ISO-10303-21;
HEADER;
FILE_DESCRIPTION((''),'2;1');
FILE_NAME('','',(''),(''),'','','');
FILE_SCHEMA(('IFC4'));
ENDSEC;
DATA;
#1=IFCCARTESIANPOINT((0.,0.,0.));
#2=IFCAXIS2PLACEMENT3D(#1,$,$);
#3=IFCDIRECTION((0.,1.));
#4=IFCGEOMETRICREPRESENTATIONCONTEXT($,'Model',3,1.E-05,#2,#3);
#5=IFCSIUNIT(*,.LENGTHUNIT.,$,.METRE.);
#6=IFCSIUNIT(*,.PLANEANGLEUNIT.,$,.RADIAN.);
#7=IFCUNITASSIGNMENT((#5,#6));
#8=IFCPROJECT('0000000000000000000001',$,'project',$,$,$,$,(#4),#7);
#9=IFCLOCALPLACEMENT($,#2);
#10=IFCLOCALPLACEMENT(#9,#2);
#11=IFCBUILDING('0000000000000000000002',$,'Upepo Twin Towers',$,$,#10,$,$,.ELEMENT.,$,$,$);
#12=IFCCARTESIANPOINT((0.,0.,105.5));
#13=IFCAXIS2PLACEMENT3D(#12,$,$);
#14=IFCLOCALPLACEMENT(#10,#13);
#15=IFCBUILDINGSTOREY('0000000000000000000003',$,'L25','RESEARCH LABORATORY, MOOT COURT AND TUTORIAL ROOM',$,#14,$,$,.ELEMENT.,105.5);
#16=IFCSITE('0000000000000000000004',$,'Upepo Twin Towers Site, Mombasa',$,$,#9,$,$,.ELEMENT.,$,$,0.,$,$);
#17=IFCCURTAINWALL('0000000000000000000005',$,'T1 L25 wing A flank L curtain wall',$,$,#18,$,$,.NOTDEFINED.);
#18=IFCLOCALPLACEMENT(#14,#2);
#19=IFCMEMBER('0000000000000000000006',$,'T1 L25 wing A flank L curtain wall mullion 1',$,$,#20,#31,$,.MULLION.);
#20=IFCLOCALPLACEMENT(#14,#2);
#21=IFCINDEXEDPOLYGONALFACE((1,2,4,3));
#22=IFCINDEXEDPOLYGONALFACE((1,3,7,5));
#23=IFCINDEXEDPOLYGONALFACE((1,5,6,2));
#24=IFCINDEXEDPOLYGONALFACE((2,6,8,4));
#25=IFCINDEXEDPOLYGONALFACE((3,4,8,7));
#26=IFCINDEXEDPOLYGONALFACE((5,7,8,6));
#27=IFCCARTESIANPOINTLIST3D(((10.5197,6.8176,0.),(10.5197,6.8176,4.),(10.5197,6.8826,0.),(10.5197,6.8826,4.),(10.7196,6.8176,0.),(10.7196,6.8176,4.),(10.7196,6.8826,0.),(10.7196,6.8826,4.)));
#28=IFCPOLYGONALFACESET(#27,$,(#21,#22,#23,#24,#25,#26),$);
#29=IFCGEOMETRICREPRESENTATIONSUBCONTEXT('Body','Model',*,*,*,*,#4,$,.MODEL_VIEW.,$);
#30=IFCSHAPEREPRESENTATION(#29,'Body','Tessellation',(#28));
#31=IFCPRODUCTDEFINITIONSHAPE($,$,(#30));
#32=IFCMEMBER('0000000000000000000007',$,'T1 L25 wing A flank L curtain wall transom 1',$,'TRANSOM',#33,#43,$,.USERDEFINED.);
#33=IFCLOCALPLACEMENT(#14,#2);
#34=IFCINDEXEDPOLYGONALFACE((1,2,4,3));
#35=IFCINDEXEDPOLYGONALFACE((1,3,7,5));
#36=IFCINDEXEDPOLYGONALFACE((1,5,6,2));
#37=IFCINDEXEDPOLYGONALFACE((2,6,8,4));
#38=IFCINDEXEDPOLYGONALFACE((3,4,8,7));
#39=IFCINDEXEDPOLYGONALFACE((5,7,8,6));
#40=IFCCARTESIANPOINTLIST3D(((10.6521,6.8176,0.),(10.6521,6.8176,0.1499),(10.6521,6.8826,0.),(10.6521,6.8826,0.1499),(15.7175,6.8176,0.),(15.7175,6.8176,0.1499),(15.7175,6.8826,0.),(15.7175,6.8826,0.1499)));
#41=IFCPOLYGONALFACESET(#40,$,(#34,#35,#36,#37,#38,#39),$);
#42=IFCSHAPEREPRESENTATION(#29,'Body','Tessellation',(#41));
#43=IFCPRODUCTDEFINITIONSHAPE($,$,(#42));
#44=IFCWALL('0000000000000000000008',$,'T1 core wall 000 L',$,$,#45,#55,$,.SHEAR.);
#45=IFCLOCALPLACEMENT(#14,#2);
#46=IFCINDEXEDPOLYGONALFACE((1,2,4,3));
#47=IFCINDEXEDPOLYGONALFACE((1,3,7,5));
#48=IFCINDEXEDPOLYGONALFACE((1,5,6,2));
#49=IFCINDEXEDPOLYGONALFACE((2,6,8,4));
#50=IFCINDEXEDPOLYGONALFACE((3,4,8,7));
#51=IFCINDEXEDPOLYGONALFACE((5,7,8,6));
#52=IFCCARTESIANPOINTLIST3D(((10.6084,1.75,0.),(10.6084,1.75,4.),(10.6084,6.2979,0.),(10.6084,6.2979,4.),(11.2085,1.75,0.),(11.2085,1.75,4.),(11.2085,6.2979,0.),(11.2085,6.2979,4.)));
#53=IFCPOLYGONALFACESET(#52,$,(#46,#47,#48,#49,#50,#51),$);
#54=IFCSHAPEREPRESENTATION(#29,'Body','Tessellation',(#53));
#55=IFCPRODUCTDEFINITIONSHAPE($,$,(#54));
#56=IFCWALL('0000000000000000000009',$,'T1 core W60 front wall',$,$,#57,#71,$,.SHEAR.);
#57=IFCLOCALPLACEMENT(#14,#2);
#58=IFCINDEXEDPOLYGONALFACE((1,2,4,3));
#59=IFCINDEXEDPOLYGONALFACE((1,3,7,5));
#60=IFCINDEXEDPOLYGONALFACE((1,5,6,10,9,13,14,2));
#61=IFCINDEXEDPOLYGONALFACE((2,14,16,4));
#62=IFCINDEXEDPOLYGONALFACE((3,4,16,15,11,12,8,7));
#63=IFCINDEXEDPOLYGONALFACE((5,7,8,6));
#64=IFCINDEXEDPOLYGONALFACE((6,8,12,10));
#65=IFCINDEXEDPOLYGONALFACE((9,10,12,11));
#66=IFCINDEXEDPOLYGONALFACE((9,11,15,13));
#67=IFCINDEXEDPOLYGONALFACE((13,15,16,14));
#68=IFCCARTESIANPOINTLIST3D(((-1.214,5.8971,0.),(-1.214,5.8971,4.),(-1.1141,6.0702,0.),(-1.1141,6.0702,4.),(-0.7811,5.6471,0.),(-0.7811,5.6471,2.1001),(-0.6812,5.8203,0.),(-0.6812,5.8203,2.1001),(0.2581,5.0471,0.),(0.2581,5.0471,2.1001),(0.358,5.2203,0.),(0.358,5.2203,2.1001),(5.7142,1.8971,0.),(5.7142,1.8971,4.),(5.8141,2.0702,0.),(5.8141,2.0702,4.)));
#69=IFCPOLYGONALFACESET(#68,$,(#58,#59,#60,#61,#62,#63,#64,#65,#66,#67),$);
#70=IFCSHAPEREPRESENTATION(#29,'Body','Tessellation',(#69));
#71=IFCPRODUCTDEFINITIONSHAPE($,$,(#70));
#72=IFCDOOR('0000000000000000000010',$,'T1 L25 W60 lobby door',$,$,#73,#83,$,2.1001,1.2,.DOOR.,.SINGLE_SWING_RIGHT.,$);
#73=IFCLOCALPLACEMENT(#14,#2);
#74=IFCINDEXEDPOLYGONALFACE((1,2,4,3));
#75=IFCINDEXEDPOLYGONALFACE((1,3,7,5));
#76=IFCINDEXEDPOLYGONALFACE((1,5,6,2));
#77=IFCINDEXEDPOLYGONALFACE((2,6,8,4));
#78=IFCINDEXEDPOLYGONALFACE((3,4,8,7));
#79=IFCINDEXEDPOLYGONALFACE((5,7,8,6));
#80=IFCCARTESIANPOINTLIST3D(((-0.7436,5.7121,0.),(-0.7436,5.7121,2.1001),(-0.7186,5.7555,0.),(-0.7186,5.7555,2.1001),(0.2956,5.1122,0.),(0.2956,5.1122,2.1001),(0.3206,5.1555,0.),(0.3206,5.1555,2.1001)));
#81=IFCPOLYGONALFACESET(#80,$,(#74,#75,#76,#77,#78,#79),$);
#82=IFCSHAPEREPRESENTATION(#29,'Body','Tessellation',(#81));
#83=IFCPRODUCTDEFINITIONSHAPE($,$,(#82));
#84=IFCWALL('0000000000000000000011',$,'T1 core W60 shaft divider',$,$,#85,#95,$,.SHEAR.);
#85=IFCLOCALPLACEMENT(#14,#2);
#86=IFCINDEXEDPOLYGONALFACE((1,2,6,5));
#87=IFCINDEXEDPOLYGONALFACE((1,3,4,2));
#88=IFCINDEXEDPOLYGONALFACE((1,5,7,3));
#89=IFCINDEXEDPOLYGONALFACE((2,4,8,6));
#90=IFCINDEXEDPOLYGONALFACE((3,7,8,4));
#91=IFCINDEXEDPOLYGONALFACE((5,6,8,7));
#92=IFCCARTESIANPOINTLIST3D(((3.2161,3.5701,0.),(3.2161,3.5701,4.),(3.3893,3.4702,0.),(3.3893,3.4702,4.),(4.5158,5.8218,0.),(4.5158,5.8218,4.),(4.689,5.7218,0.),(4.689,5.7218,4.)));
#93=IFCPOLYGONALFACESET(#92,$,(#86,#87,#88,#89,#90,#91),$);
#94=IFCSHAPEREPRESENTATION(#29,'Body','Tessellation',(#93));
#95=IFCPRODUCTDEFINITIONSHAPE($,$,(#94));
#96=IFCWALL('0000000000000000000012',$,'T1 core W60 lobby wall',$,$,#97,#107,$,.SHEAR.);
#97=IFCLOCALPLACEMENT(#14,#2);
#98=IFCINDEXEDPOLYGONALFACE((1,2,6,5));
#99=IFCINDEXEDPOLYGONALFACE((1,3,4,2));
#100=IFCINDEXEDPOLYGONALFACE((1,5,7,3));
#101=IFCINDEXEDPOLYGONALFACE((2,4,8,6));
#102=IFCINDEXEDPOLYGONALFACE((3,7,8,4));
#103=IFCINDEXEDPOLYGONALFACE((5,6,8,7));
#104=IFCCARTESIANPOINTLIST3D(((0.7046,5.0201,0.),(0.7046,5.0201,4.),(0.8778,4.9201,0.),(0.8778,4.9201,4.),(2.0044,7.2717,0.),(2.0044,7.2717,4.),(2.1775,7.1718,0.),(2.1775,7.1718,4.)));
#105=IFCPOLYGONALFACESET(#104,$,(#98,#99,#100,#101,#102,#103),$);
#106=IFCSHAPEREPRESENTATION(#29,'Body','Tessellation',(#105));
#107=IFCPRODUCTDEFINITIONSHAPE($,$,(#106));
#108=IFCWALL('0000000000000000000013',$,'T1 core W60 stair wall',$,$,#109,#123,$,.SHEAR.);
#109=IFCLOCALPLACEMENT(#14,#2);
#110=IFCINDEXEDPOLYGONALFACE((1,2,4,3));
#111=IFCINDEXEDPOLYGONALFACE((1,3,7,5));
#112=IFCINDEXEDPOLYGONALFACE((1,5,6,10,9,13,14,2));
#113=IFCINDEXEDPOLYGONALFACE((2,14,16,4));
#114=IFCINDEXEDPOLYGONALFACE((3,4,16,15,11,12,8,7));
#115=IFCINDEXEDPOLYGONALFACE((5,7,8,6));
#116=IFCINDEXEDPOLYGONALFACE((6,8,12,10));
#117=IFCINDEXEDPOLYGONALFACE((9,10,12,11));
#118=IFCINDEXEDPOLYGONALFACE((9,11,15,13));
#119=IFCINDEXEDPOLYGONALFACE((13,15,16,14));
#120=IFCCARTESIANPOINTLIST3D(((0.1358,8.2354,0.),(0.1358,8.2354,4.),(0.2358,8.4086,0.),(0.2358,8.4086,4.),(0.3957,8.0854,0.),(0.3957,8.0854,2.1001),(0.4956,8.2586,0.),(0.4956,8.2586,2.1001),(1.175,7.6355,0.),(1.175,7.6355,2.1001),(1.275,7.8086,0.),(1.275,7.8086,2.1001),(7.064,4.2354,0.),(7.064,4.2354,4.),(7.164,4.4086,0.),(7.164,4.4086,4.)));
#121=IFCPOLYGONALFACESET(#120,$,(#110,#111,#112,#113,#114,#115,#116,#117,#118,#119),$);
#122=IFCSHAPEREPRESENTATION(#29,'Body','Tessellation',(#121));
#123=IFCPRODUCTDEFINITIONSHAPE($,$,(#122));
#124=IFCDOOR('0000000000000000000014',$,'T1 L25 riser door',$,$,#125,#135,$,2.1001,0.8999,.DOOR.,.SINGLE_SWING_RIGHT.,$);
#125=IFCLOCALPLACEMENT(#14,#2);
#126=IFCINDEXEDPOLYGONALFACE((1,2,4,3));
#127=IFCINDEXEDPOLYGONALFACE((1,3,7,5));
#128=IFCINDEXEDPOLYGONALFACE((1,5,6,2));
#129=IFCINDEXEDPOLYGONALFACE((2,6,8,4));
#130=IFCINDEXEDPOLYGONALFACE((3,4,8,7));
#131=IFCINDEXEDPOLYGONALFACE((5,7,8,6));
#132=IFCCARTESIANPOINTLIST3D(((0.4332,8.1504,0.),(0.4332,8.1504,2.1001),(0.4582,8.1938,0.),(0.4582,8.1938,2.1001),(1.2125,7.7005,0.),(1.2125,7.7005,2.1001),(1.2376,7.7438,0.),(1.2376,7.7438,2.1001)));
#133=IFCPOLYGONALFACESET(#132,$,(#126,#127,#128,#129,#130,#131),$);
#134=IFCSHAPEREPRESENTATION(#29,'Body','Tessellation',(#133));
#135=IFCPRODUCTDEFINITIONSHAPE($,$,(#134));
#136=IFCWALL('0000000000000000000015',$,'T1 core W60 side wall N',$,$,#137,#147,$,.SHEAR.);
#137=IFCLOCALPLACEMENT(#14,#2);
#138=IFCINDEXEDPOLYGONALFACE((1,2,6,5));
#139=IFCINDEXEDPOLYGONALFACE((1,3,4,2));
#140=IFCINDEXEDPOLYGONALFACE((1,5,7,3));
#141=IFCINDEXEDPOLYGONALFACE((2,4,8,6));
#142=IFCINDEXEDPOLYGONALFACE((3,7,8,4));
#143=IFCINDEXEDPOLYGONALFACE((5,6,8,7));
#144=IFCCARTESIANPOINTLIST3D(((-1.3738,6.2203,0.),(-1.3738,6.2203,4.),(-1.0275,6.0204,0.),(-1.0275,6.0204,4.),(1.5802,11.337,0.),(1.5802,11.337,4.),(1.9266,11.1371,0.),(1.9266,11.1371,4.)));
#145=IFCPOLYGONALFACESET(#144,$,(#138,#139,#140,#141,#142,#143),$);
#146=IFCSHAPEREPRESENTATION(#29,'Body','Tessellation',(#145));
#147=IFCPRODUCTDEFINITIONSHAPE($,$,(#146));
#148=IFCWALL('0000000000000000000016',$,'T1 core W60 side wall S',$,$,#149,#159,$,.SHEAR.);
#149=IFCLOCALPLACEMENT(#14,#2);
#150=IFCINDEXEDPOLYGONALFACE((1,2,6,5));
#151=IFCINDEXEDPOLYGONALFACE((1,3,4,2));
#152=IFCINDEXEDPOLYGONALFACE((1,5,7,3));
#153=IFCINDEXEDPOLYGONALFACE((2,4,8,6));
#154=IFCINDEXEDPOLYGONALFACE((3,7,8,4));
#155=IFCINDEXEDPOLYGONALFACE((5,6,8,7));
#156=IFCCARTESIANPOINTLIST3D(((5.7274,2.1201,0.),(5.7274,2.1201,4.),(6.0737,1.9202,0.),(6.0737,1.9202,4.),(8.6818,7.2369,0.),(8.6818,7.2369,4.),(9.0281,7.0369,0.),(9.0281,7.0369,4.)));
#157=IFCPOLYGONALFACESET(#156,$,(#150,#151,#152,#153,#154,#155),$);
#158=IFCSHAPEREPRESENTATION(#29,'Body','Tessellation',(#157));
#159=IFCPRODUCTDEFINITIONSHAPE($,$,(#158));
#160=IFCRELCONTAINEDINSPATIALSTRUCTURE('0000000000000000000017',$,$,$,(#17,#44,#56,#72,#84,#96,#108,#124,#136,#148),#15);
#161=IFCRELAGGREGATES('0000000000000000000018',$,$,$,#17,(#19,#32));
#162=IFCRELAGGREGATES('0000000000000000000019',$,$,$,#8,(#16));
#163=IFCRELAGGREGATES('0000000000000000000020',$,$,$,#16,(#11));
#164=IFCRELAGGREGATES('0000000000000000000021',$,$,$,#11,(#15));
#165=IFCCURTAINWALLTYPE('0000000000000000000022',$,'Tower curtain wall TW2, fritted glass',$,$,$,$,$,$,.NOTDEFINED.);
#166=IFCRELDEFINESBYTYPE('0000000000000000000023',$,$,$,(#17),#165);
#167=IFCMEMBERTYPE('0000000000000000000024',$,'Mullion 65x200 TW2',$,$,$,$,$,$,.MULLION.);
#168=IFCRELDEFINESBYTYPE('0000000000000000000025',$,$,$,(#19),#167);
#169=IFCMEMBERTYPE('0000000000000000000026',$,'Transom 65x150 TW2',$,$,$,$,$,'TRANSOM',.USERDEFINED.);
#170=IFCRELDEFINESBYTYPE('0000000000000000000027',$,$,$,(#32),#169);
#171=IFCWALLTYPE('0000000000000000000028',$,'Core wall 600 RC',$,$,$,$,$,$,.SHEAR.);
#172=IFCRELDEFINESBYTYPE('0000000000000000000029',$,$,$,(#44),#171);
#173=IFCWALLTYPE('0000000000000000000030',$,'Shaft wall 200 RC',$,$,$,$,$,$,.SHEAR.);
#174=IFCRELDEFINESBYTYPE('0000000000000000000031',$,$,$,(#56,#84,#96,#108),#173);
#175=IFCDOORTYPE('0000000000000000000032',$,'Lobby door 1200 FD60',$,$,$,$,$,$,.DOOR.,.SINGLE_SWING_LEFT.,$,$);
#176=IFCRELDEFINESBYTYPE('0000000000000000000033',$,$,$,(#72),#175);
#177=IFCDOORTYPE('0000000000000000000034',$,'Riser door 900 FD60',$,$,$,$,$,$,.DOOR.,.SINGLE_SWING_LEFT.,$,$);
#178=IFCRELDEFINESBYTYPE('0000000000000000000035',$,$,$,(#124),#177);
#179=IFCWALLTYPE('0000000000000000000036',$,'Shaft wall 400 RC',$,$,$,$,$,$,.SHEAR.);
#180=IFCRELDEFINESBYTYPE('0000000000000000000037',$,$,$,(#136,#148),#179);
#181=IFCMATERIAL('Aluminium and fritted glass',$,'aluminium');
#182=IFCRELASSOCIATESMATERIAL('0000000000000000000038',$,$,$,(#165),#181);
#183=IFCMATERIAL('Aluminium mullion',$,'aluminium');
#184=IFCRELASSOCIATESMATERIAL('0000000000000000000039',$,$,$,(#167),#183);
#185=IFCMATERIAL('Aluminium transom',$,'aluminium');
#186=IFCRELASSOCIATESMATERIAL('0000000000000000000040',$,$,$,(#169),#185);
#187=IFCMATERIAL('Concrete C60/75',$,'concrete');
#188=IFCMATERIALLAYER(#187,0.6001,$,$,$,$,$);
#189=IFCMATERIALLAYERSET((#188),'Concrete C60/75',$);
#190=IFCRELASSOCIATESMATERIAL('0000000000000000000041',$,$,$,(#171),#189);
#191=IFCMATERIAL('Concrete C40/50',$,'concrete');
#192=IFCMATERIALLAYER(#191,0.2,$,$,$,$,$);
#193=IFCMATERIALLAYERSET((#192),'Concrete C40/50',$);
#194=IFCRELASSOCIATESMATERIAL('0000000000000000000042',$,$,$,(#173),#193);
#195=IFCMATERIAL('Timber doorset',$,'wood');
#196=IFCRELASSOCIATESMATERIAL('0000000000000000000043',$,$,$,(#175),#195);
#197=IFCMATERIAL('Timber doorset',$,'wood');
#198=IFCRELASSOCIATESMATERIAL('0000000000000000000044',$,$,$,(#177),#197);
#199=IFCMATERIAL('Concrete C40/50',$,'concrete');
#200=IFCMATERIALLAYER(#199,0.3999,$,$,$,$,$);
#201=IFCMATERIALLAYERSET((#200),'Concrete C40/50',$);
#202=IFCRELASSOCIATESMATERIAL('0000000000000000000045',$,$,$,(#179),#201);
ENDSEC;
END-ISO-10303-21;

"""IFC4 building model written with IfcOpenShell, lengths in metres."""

from ifc_helpers import new_model, si_unit, direction, frame, frame_2d, origin, origin_2d, place, context, subcontext, project, spatial, rectangle, extrude, material, layer, layer_set, material_profile, profile_set, type_object, element, fill, aggregate, save


model = new_model("IFC4")

# Units and contexts
model_context = context("Model", 3, precision=1e-05, world=origin(), true_north=direction((0.0, 1.0)))
body_context = subcontext(model_context, "Body", "Model", "MODEL_VIEW")
ifc_project = project(units=[si_unit("LENGTHUNIT", "METRE"), si_unit("PLANEANGLEUNIT", "RADIAN")], contexts=[model_context])

# Site, building, storey
site_placement = place(None, origin())
site = spatial("IfcSite", under=ifc_project, at=site_placement, Name="Upepo Twin Towers Site, Mombasa", CompositionType="ELEMENT", RefElevation=0.0)
building_placement = place(site_placement, origin())
building = spatial("IfcBuilding", under=site, at=building_placement, Name="Upepo Twin Towers", CompositionType="ELEMENT")
storey_placement = place(building_placement, frame((0.0, 0.0, 105.5)))
storey = spatial("IfcBuildingStorey", under=building, at=storey_placement, Name="L25", Description="RESEARCH LABORATORY, MOOT COURT AND TUTORIAL ROOM", CompositionType="ELEMENT", Elevation=105.5)

# Curtain wall, members
ifc_material_1 = material(Name="Aluminium and fritted glass", Category="aluminium")
curtain_wall_type = type_object("IfcCurtainWallType", Name="Tower curtain wall TW2, fritted glass", PredefinedType="NOTDEFINED", material=ifc_material_1)
curtain_wall_placement = place(storey_placement, origin())
curtain_wall = element("IfcCurtainWall", 1, at=curtain_wall_placement, inside=storey, type_object=curtain_wall_type, Name="T1 L25 wing A flank L curtain wall", PredefinedType="NOTDEFINED")
ifc_material_2 = material(Name="Aluminium mullion", Category="aluminium")
ifc_material_profile_1 = material_profile(ifc_material_2, rectangle(XDim=0.0649, YDim=0.2, at=origin_2d()), Name="MULLION 65x200")
ifc_profile_set_1 = profile_set([ifc_material_profile_1], Name="Aluminium mullion")
member_type_1 = type_object("IfcMemberType", Name="Mullion 65x200 TW2", PredefinedType="MULLION", material=ifc_profile_set_1)
member_1_placement = place(storey_placement, frame((10.6196, 6.8501, 0.0), z_axis=(0.0, 0.0, 1.0), x_axis=(0.0, 1.0, 0.0)))
member_1 = element("IfcMember", 2, at=member_1_placement, type_object=member_type_1, Name="T1 L25 wing A flank L curtain wall mullion 1", PredefinedType="MULLION", context=body_context, shape_type="SweptSolid", body=[
    extrude(rectangle(XDim=0.0649, YDim=0.2, at=origin_2d()), origin(), (0.0, 0.0, 1.0), 4.0),
])
ifc_material_3 = material(Name="Aluminium transom", Category="aluminium")
ifc_material_profile_2 = material_profile(ifc_material_3, rectangle(XDim=0.0649, YDim=0.1499, at=origin_2d()), Name="TRANSOM 65x150")
ifc_profile_set_2 = profile_set([ifc_material_profile_2], Name="Aluminium transom")
member_type_2 = type_object("IfcMemberType", Name="Transom 65x150 TW2", ElementType="TRANSOM", PredefinedType="USERDEFINED", material=ifc_profile_set_2)
member_2_placement = place(storey_placement, frame((10.6521, 6.8501, 0.075), z_axis=(1.0, 0.0, 0.0), x_axis=(0.0, 1.0, 0.0)))
member_2 = element("IfcMember", 3, at=member_2_placement, type_object=member_type_2, Name="T1 L25 wing A flank L curtain wall transom 1", ObjectType="TRANSOM", PredefinedType="USERDEFINED", context=body_context, shape_type="SweptSolid", body=[
    extrude(rectangle(XDim=0.0649, YDim=0.1499, at=origin_2d()), origin(), (0.0, 0.0, 1.0), 5.0654),
])
aggregate(curtain_wall, [member_1, member_2])

# Wall
ifc_material_4 = material(Name="Concrete C60/75", Category="concrete")
ifc_layer_1 = layer(ifc_material_4, 0.6001)
ifc_layer_set_1 = layer_set([ifc_layer_1], Name="Concrete C60/75")
wall_type_1 = type_object("IfcWallType", Name="Core wall 600 RC", PredefinedType="SHEAR", material=ifc_layer_set_1)
wall_1_placement = place(storey_placement, frame((10.9084, 1.75, 0.0), z_axis=(0.0, 0.0, 1.0), x_axis=(0.0, 1.0, 0.0)))
element("IfcWall", 4, at=wall_1_placement, inside=storey, type_object=wall_type_1, Name="T1 core wall 000 L", PredefinedType="SHEAR", context=body_context, shape_type="SweptSolid", body=[
    extrude(rectangle(XDim=4.5479, YDim=0.6001, at=frame_2d((2.2739, 0.0))), origin(), (0.0, 0.0, 1.0), 4.0),
])

# Wall, opening, door
ifc_material_5 = material(Name="Concrete C40/50", Category="concrete")
ifc_layer_2 = layer(ifc_material_5, 0.2)
ifc_layer_set_2 = layer_set([ifc_layer_2], Name="Concrete C40/50")
wall_type_2 = type_object("IfcWallType", Name="Shaft wall 200 RC", PredefinedType="SHEAR", material=ifc_layer_set_2)
wall_2_placement = place(storey_placement, frame((5.7642, 1.9836, 0.0), z_axis=(0.0, 0.0, 1.0), x_axis=(-0.866026, 0.499999, 0.0)))
wall_2 = element("IfcWall", 5, at=wall_2_placement, inside=storey, type_object=wall_type_2, Name="T1 core W60 front wall", PredefinedType="SHEAR", context=body_context, shape_type="SweptSolid", body=[
    extrude(rectangle(XDim=8.0, YDim=0.2, at=frame_2d((4.0, 0.0))), origin(), (0.0, 0.0, 1.0), 4.0),
])
opening_1_placement = place(wall_2_placement, frame((6.3, 0.0, 0.0)))
opening_1 = element("IfcOpeningElement", 6, at=opening_1_placement, cuts=wall_2, PredefinedType="OPENING", context=body_context, shape_type="SweptSolid", body=[
    extrude(rectangle(XDim=1.2, YDim=2.1001, at=frame_2d((0.6001, 1.05))), frame((0.0, 0.1099, 0.0), z_axis=(0.0, -1.0, 0.0), x_axis=(1.0, 0.0, 0.0)), (0.0, 0.0, 1.0), 0.22),
])
ifc_material_6 = material(Name="Timber doorset", Category="wood")
door_type_1 = type_object("IfcDoorType", Name="Lobby door 1200 FD60", OperationType="SINGLE_SWING_LEFT", PredefinedType="DOOR", material=ifc_material_6)
door_1_placement = place(opening_1_placement, origin())
door_1 = element("IfcDoor", 7, at=door_1_placement, inside=storey, type_object=door_type_1, Name="T1 L25 W60 lobby door", OperationType="SINGLE_SWING_RIGHT", OverallHeight=2.1001, OverallWidth=1.2, PredefinedType="DOOR", context=body_context, shape_type="SweptSolid", body=[
    extrude(rectangle(XDim=1.2, YDim=2.1001, at=frame_2d((0.6001, 1.05))), frame((0.0, 0.0249, 0.0), z_axis=(0.0, -1.0, 0.0), x_axis=(1.0, 0.0, 0.0)), (0.0, 0.0, 1.0), 0.05),
])
fill(opening_1, door_1)

# Walls
for number, where, z_axis, x_axis, name in (
    (8, (3.3027, 3.5203, 0.0), (0.0, 0.0, 1.0), (0.499937, 0.866062, 0.0), "T1 core W60 shaft divider"),
    (9, (0.7913, 4.9702, 0.0), (0.0, 0.0, 1.0), (0.499937, 0.866062, 0.0), "T1 core W60 lobby wall"),
):
    element("IfcWall", number, at=place(storey_placement, frame(where, z_axis=z_axis, x_axis=x_axis)), inside=storey, type_object=wall_type_2, Name=name, PredefinedType="SHEAR", context=body_context, shape_type="SweptSolid", body=[
        extrude(rectangle(XDim=2.5999, YDim=0.2, at=frame_2d((1.2998, 0.0))), origin(), (0.0, 0.0, 1.0), 4.0),
    ])

# Wall, opening, door
wall_3_placement = place(storey_placement, frame((7.114, 4.322, 0.0), z_axis=(0.0, 0.0, 1.0), x_axis=(-0.866026, 0.499999, 0.0)))
wall_3 = element("IfcWall", 10, at=wall_3_placement, inside=storey, type_object=wall_type_2, Name="T1 core W60 stair wall", PredefinedType="SHEAR", context=body_context, shape_type="SweptSolid", body=[
    extrude(rectangle(XDim=8.0, YDim=0.2, at=frame_2d((4.0, 0.0))), origin(), (0.0, 0.0, 1.0), 4.0),
])
opening_2_placement = place(wall_3_placement, frame((6.8, 0.0, 0.0)))
opening_2 = element("IfcOpeningElement", 11, at=opening_2_placement, cuts=wall_3, PredefinedType="OPENING", context=body_context, shape_type="SweptSolid", body=[
    extrude(rectangle(XDim=0.8999, YDim=2.1001, at=frame_2d((0.45, 1.05))), frame((0.0, 0.1099, 0.0), z_axis=(0.0, -1.0, 0.0), x_axis=(1.0, 0.0, 0.0)), (0.0, 0.0, 1.0), 0.22),
])
ifc_material_7 = material(Name="Timber doorset", Category="wood")
door_type_2 = type_object("IfcDoorType", Name="Riser door 900 FD60", OperationType="SINGLE_SWING_LEFT", PredefinedType="DOOR", material=ifc_material_7)
door_2_placement = place(opening_2_placement, origin())
door_2 = element("IfcDoor", 12, at=door_2_placement, inside=storey, type_object=door_type_2, Name="T1 L25 riser door", OperationType="SINGLE_SWING_RIGHT", OverallHeight=2.1001, OverallWidth=0.8999, PredefinedType="DOOR", context=body_context, shape_type="SweptSolid", body=[
    extrude(rectangle(XDim=0.8999, YDim=2.1001, at=frame_2d((0.45, 1.05))), frame((0.0, 0.0249, 0.0), z_axis=(0.0, -1.0, 0.0), x_axis=(1.0, 0.0, 0.0)), (0.0, 0.0, 1.0), 0.05),
])
fill(opening_2, door_2)

# Walls
ifc_material_8 = material(Name="Concrete C40/50", Category="concrete")
ifc_layer_3 = layer(ifc_material_8, 0.3999)
ifc_layer_set_3 = layer_set([ifc_layer_3], Name="Concrete C40/50")
wall_type_3 = type_object("IfcWallType", Name="Shaft wall 400 RC", PredefinedType="SHEAR", material=ifc_layer_set_3)
wall_4_placement = place(storey_placement, frame((-1.2007, 6.1204, 0.0), z_axis=(0.0, 0.0, 1.0), x_axis=(0.499997, 0.866027, 0.0)))
element("IfcWall", 13, at=wall_4_placement, inside=storey, type_object=wall_type_3, Name="T1 core W60 side wall N", PredefinedType="SHEAR", context=body_context, shape_type="SweptSolid", body=[
    extrude(rectangle(XDim=5.9082, YDim=0.3999, at=frame_2d((2.9541, 0.0))), origin(), (0.0, 0.0, 1.0), 4.0),
])
wall_5_placement = place(storey_placement, frame((5.9006, 2.0203, 0.0), z_axis=(0.0, 0.0, 1.0), x_axis=(0.500028, 0.866009, 0.0)))
element("IfcWall", 14, at=wall_5_placement, inside=storey, type_object=wall_type_3, Name="T1 core W60 side wall S", PredefinedType="SHEAR", context=body_context, shape_type="SweptSolid", body=[
    extrude(rectangle(XDim=5.9084, YDim=0.3999, at=frame_2d((2.9541, 0.0))), origin(), (0.0, 0.0, 1.0), 4.0),
])

save(model, "model.ifc")
